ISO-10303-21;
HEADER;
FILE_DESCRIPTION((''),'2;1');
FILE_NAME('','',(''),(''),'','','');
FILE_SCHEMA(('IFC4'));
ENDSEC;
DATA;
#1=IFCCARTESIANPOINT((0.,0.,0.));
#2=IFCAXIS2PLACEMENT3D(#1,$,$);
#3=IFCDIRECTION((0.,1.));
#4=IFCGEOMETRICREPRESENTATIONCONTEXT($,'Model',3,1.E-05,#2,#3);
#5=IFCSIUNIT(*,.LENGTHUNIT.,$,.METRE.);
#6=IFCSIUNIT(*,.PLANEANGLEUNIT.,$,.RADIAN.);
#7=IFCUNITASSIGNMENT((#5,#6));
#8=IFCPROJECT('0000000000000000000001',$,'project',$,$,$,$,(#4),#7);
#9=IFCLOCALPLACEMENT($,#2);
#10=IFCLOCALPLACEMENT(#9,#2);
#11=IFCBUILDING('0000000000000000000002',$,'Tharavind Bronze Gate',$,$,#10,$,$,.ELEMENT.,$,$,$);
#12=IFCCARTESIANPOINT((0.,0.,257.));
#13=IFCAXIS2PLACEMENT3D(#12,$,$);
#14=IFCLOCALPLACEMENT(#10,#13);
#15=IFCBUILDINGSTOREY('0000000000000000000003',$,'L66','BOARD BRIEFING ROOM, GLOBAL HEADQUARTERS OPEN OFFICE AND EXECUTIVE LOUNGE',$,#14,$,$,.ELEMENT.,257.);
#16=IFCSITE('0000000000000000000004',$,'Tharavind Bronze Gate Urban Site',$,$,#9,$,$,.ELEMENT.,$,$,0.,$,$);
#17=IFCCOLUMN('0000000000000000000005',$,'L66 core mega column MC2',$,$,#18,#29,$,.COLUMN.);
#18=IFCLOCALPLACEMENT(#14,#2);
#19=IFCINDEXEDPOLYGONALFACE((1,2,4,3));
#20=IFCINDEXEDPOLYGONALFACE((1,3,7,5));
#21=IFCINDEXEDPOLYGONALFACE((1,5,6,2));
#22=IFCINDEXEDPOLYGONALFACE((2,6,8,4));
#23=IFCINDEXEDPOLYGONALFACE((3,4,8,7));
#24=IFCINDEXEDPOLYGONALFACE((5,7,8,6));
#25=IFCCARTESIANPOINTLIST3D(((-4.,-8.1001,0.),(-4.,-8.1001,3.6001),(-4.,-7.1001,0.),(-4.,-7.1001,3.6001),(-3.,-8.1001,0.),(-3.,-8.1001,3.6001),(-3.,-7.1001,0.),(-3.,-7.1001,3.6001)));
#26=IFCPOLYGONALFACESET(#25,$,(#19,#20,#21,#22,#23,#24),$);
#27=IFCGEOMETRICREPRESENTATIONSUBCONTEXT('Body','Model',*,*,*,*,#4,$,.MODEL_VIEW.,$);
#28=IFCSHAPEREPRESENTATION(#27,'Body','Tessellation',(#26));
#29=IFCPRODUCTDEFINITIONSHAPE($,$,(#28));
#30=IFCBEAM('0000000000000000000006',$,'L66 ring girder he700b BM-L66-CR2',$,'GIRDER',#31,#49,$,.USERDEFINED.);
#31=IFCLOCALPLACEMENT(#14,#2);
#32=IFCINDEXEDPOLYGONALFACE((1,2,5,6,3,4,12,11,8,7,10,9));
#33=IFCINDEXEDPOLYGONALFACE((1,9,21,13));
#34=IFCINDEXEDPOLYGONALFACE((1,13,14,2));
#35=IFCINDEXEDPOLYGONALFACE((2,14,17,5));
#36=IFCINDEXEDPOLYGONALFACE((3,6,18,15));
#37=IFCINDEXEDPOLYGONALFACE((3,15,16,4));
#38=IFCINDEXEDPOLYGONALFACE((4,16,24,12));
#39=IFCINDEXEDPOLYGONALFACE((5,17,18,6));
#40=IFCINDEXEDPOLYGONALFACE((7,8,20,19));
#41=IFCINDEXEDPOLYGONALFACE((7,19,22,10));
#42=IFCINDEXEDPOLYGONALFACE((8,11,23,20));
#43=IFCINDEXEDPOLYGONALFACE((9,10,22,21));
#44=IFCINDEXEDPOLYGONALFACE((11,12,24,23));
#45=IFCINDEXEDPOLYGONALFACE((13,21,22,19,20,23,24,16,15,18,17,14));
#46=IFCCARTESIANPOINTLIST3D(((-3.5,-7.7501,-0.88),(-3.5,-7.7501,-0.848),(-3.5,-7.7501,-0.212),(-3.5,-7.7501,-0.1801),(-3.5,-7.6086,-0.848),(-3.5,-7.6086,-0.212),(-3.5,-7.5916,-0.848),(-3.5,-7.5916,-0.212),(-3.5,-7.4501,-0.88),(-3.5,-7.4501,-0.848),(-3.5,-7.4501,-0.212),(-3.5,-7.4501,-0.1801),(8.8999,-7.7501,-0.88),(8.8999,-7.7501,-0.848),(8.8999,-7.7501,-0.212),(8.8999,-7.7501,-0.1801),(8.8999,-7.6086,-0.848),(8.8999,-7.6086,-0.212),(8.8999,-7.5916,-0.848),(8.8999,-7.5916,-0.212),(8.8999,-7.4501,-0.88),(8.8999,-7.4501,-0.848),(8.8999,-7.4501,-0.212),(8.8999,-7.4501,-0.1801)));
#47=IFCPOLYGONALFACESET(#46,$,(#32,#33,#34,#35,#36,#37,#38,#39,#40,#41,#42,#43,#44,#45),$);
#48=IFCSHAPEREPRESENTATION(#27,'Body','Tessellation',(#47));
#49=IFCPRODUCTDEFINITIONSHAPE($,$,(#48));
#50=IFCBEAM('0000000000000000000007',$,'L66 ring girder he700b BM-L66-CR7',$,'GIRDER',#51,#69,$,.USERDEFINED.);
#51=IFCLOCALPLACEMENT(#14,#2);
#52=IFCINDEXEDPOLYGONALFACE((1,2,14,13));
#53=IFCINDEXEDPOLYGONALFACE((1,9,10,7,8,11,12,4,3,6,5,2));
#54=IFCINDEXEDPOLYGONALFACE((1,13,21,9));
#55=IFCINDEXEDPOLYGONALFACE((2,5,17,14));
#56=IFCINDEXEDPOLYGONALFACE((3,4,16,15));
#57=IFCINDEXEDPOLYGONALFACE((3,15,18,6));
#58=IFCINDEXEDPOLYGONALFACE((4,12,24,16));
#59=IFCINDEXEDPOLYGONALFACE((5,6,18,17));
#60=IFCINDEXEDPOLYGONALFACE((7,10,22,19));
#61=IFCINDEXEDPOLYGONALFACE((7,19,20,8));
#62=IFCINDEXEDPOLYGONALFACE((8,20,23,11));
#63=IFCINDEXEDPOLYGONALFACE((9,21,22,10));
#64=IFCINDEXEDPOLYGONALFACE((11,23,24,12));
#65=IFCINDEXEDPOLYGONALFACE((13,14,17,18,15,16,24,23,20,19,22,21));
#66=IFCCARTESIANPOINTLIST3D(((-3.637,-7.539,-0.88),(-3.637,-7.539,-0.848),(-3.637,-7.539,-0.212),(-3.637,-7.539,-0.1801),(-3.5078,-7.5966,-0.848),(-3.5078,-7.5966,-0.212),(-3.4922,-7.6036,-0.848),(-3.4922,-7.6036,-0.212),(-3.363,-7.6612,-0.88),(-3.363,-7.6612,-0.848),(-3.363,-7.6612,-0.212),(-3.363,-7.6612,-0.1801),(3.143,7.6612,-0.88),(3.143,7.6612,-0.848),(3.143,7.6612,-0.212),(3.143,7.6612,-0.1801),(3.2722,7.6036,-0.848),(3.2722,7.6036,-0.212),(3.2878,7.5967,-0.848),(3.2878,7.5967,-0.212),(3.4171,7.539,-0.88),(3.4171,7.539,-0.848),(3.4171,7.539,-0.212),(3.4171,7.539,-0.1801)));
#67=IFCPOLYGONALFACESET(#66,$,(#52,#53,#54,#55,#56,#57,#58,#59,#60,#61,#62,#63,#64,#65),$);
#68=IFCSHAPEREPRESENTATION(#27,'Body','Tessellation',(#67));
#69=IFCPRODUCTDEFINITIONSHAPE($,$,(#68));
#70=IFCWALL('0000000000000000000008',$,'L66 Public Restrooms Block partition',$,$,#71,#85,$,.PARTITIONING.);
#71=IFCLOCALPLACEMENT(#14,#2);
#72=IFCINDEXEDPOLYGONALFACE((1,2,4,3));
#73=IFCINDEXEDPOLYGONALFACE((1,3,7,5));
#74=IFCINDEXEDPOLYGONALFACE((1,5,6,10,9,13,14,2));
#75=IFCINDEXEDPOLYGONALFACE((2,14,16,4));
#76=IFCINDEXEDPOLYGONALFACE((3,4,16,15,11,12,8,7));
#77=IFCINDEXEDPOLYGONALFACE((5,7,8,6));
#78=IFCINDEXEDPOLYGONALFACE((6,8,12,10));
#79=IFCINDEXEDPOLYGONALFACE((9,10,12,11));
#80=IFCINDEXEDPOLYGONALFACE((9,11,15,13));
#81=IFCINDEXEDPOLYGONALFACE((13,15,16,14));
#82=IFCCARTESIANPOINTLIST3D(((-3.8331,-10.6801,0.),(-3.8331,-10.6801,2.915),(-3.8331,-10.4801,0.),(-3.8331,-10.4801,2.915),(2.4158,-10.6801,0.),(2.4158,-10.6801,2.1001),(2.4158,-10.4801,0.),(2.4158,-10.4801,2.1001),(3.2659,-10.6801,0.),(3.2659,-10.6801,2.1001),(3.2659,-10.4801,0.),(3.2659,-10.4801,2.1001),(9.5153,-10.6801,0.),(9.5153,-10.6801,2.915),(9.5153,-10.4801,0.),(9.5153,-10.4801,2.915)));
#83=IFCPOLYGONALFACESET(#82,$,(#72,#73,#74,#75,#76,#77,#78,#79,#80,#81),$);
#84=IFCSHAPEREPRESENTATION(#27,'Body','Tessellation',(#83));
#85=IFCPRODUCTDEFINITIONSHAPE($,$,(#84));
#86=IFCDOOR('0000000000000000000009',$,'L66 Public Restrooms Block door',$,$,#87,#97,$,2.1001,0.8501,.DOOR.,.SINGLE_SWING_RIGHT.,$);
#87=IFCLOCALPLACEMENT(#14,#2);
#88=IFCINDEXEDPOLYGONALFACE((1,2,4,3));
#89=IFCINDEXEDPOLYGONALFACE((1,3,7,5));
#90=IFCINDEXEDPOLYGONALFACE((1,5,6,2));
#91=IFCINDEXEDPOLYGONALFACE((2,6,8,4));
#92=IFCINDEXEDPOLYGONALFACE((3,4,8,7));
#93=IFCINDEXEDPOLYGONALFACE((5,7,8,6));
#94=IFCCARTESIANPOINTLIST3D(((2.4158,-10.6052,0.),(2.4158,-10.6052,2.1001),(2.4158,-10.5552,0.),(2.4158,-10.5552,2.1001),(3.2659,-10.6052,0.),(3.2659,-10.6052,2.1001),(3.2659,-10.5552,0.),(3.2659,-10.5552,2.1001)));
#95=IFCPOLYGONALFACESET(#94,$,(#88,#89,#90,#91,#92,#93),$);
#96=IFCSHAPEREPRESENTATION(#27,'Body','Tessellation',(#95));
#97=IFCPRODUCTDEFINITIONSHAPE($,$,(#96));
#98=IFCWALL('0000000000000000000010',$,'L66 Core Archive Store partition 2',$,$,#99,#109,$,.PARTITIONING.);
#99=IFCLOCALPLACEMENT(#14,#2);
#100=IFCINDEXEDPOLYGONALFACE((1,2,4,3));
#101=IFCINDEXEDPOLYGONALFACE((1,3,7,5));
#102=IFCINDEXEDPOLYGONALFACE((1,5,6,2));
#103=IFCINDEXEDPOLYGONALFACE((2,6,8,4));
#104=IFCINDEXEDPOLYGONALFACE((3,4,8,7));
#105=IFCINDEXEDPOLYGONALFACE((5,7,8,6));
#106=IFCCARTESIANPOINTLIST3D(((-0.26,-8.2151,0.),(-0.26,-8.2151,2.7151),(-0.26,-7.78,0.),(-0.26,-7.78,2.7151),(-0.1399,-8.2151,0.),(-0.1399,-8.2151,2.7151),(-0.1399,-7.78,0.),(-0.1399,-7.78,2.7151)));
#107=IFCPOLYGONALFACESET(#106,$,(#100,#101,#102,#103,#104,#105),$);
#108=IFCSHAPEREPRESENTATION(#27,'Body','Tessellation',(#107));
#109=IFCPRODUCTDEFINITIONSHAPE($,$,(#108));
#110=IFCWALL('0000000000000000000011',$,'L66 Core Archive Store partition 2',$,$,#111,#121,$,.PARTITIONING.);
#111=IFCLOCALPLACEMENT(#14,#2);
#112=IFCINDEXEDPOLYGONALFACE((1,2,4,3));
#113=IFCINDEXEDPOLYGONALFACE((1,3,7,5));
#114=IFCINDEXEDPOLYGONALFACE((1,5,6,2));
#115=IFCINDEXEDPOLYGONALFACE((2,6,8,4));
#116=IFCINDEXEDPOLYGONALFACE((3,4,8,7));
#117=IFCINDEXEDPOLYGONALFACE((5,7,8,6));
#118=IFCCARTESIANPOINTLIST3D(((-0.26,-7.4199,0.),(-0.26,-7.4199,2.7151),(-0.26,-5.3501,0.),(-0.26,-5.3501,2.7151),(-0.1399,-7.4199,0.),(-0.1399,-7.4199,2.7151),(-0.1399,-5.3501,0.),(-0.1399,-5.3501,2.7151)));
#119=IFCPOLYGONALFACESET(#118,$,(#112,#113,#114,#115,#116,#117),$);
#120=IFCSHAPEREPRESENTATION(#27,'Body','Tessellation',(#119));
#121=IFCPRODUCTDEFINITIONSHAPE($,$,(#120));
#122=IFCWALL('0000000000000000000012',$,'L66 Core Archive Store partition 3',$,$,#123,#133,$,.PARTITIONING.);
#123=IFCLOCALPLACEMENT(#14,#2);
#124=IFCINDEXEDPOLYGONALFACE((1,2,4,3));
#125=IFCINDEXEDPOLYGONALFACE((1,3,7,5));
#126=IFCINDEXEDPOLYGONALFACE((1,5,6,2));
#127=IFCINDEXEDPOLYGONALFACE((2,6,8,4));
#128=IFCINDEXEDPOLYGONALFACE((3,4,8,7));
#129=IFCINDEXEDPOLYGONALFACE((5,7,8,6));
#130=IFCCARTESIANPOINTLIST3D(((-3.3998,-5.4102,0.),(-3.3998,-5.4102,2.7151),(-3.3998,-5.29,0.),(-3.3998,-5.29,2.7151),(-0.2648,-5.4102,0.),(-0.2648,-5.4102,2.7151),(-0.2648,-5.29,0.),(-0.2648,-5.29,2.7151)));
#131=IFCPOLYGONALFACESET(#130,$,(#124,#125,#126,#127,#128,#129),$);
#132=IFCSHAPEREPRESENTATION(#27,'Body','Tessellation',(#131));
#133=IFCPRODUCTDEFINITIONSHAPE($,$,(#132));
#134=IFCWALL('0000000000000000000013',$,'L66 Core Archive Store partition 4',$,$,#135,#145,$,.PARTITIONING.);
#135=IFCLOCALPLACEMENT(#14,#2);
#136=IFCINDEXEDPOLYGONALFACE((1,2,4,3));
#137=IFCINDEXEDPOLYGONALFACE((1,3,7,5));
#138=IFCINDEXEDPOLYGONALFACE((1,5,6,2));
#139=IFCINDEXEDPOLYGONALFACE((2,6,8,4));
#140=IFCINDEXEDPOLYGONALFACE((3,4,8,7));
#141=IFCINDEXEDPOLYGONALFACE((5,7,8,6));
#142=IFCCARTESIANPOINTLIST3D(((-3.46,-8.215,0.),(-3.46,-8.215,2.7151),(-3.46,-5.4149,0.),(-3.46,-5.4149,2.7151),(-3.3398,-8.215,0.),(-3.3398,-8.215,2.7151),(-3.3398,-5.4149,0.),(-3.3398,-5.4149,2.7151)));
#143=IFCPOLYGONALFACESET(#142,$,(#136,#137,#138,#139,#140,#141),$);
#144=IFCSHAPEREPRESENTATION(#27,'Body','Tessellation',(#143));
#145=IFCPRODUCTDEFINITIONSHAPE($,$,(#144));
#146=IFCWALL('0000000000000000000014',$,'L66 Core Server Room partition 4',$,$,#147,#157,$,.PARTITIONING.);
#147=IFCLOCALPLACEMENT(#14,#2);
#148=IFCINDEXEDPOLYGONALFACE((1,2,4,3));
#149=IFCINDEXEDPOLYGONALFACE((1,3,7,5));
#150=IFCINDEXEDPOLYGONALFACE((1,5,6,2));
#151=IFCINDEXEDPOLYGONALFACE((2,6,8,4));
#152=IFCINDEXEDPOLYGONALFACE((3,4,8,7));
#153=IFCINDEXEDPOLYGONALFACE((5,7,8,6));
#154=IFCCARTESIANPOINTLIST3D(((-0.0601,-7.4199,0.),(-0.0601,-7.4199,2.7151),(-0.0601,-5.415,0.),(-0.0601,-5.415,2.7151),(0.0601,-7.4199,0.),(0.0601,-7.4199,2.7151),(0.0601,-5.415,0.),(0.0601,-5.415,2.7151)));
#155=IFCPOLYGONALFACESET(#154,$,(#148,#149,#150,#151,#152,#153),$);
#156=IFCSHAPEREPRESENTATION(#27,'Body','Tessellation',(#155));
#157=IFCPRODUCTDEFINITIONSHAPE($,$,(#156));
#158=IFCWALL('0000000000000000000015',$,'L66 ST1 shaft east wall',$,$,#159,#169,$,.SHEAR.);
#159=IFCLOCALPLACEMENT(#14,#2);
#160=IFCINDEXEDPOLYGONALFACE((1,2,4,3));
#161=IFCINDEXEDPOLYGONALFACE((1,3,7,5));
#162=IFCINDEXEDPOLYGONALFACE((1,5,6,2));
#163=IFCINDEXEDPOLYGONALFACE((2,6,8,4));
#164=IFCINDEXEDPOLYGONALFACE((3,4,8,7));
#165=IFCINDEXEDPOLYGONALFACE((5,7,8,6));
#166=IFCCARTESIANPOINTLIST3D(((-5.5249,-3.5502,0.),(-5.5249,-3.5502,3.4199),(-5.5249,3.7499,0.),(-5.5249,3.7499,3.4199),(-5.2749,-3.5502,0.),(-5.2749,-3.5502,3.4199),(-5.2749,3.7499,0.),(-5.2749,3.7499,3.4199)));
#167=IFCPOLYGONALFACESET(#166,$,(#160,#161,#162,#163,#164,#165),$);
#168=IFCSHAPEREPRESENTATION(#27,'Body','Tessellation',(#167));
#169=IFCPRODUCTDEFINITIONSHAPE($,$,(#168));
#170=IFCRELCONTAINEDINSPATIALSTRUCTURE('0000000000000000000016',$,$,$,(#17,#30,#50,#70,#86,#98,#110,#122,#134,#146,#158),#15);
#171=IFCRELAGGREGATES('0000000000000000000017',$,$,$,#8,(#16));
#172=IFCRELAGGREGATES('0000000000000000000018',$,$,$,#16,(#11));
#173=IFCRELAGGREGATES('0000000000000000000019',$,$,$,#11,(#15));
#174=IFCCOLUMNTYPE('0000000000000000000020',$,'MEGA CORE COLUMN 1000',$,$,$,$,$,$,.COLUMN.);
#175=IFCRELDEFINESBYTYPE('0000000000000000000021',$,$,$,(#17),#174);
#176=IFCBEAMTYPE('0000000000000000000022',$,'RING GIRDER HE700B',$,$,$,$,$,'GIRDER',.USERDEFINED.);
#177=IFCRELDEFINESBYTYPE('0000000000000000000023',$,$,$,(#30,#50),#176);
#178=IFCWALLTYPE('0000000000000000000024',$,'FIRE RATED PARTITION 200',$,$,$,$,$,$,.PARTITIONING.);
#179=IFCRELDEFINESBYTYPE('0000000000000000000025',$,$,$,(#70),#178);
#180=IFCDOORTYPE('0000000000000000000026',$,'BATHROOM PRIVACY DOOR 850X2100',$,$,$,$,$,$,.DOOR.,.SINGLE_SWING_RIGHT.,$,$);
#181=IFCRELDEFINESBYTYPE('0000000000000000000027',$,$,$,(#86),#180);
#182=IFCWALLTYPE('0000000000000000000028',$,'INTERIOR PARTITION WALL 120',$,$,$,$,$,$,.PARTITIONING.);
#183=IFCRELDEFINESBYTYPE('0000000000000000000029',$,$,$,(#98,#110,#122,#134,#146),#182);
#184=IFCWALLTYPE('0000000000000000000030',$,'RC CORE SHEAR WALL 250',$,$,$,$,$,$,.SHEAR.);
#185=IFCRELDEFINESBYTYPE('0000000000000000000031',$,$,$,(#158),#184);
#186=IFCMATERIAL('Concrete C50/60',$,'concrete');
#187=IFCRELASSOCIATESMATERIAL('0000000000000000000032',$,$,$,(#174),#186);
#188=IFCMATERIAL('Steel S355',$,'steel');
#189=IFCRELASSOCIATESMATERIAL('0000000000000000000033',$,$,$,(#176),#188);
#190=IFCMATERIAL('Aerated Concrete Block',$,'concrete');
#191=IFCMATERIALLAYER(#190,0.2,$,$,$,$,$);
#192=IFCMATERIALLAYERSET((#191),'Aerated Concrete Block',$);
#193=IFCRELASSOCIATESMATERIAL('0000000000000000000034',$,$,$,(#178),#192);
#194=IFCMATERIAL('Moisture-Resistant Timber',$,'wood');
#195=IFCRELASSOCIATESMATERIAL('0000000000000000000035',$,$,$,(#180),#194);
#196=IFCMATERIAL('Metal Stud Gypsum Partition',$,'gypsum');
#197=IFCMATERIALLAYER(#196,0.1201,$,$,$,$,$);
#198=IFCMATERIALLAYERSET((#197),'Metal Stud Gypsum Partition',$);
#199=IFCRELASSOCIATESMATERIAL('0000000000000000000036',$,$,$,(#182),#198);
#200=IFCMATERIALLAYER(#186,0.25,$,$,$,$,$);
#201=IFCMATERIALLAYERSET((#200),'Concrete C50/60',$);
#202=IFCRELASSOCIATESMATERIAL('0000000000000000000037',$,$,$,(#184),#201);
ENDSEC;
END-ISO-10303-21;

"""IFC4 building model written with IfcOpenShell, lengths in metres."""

from ifc_helpers import new_model, si_unit, direction, frame, frame_2d, origin, origin_2d, place, context, subcontext, project, spatial, rectangle, i_section, extrude, material, layer, layer_set, material_profile, profile_set, type_object, element, fill, save


model = new_model("IFC4")

# Units and contexts
model_context = context("Model", 3, precision=1e-05, world=origin(), true_north=direction((0.0, 1.0)))
body_context = subcontext(model_context, "Body", "Model", "MODEL_VIEW")
ifc_project = project(units=[si_unit("LENGTHUNIT", "METRE"), si_unit("PLANEANGLEUNIT", "RADIAN")], contexts=[model_context])

# Site, building, storey
site_placement = place(None, origin())
site = spatial("IfcSite", under=ifc_project, at=site_placement, Name="Tharavind Bronze Gate Urban Site", CompositionType="ELEMENT", RefElevation=0.0)
building_placement = place(site_placement, origin())
building = spatial("IfcBuilding", under=site, at=building_placement, Name="Tharavind Bronze Gate", CompositionType="ELEMENT")
storey_placement = place(building_placement, frame((0.0, 0.0, 257.0)))
storey = spatial("IfcBuildingStorey", under=building, at=storey_placement, Name="L66", Description="BOARD BRIEFING ROOM, GLOBAL HEADQUARTERS OPEN OFFICE AND EXECUTIVE LOUNGE", CompositionType="ELEMENT", Elevation=257.0)

# Column
ifc_material_1 = material(Name="Concrete C50/60", Category="concrete")
ifc_material_profile_1 = material_profile(ifc_material_1, rectangle(XDim=1.0, YDim=1.0, at=origin_2d()), Name="RCCOL1000")
ifc_profile_set_1 = profile_set([ifc_material_profile_1], Name="Concrete C50/60")
column_type = type_object("IfcColumnType", Name="MEGA CORE COLUMN 1000", PredefinedType="COLUMN", material=ifc_profile_set_1)
column_placement = place(storey_placement, frame((-3.5, -7.6001, 0.0), z_axis=(0.0, 0.0, 1.0), x_axis=(1.0, 0.0, 0.0)))
element("IfcColumn", 1, at=column_placement, inside=storey, type_object=column_type, Name="L66 core mega column MC2", PredefinedType="COLUMN", context=body_context, shape_type="SweptSolid", body=[
    extrude(rectangle(XDim=1.0, YDim=1.0, at=origin_2d()), origin(), (0.0, 0.0, 1.0), 3.6001),
])

# Beams
ifc_material_2 = material(Name="Steel S355", Category="steel")
ifc_material_profile_2 = material_profile(ifc_material_2, i_section(OverallWidth=0.3, OverallDepth=0.7, WebThickness=0.0171, FlangeThickness=0.032, at=origin_2d()), Name="HE700B")
ifc_profile_set_2 = profile_set([ifc_material_profile_2], Name="Steel S355")
beam_type = type_object("IfcBeamType", Name="RING GIRDER HE700B", ElementType="GIRDER", PredefinedType="USERDEFINED", material=ifc_profile_set_2)
beam_1_placement = place(storey_placement, frame((-3.5, -7.6001, -0.53), z_axis=(1.0, 0.0, 0.0), x_axis=(0.0, 1.0, 0.0)))
element("IfcBeam", 2, at=beam_1_placement, inside=storey, type_object=beam_type, Name="L66 ring girder he700b BM-L66-CR2", ObjectType="GIRDER", PredefinedType="USERDEFINED", context=body_context, shape_type="SweptSolid", body=[
    extrude(i_section(OverallWidth=0.3, OverallDepth=0.7, WebThickness=0.0171, FlangeThickness=0.032, at=origin_2d()), origin(), (0.0, 0.0, 1.0), 12.3999),
])
beam_2_placement = place(storey_placement, frame((-3.5, -7.6001, -0.53), z_axis=(0.407362, 0.913267, 0.0), x_axis=(-0.913267, 0.407362, 0.0)))
element("IfcBeam", 3, at=beam_2_placement, inside=storey, type_object=beam_type, Name="L66 ring girder he700b BM-L66-CR7", ObjectType="GIRDER", PredefinedType="USERDEFINED", context=body_context, shape_type="SweptSolid", body=[
    extrude(i_section(OverallWidth=0.3, OverallDepth=0.7, WebThickness=0.0171, FlangeThickness=0.032, at=origin_2d()), origin(), (0.0, 0.0, 1.0), 16.6438),
])

# Wall, opening, door
ifc_material_3 = material(Name="Aerated Concrete Block", Category="concrete")
ifc_layer_1 = layer(ifc_material_3, 0.2)
ifc_layer_set_1 = layer_set([ifc_layer_1], Name="Aerated Concrete Block")
wall_type_1 = type_object("IfcWallType", Name="FIRE RATED PARTITION 200", PredefinedType="PARTITIONING", material=ifc_layer_set_1)
wall_1_placement = place(storey_placement, frame((-3.8333, -10.5801, 0.0), z_axis=(0.0, 0.0, 1.0), x_axis=(1.0, 0.0, 0.0)))
wall_1 = element("IfcWall", 4, at=wall_1_placement, inside=storey, type_object=wall_type_1, Name="L66 Public Restrooms Block partition", PredefinedType="PARTITIONING", context=body_context, shape_type="SweptSolid", body=[
    extrude(rectangle(XDim=13.3484, YDim=0.2, at=frame_2d((6.6743, 0.0))), origin(), (0.0, 0.0, 1.0), 2.915),
])
opening_1_placement = place(wall_1_placement, frame((6.249, 0.0, 0.0)))
opening_1 = element("IfcOpeningElement", 5, at=opening_1_placement, cuts=wall_1, PredefinedType="OPENING", context=body_context, shape_type="SweptSolid", body=[
    extrude(rectangle(XDim=0.8501, YDim=2.1001, at=frame_2d((0.425, 1.05))), frame((0.0, 0.1101, 0.0), z_axis=(0.0, -1.0, 0.0), x_axis=(1.0, 0.0, 0.0)), (0.0, 0.0, 1.0), 0.22),
])
ifc_material_4 = material(Name="Moisture-Resistant Timber", Category="wood")
door_type_1 = type_object("IfcDoorType", Name="BATHROOM PRIVACY DOOR 850X2100", OperationType="SINGLE_SWING_RIGHT", PredefinedType="DOOR", material=ifc_material_4)
door_1_placement = place(opening_1_placement, origin())
door_1 = element("IfcDoor", 6, at=door_1_placement, inside=storey, type_object=door_type_1, Name="L66 Public Restrooms Block door", OperationType="SINGLE_SWING_RIGHT", OverallHeight=2.1001, OverallWidth=0.8501, PredefinedType="DOOR", context=body_context, shape_type="SweptSolid", body=[
    extrude(rectangle(XDim=0.8501, YDim=2.1001, at=frame_2d((0.425, 1.05))), frame((0.0, 0.0249, 0.0), z_axis=(0.0, -1.0, 0.0), x_axis=(1.0, 0.0, 0.0)), (0.0, 0.0, 1.0), 0.05),
])
fill(opening_1, door_1)

# Walls
ifc_material_5 = material(Name="Metal Stud Gypsum Partition", Category="gypsum")
ifc_layer_2 = layer(ifc_material_5, 0.1201)
ifc_layer_set_2 = layer_set([ifc_layer_2], Name="Metal Stud Gypsum Partition")
wall_type_2 = type_object("IfcWallType", Name="INTERIOR PARTITION WALL 120", PredefinedType="PARTITIONING", material=ifc_layer_set_2)
wall_2_placement = place(storey_placement, frame((-0.2, -8.2151, 0.0), z_axis=(0.0, 0.0, 1.0), x_axis=(0.0, 1.0, 0.0)))
element("IfcWall", 7, at=wall_2_placement, inside=storey, type_object=wall_type_2, Name="L66 Core Archive Store partition 2", PredefinedType="PARTITIONING", context=body_context, shape_type="SweptSolid", body=[
    extrude(rectangle(XDim=0.4351, YDim=0.1201, at=frame_2d((0.2175, 0.0))), origin(), (0.0, 0.0, 1.0), 2.7151),
])
wall_3_placement = place(storey_placement, frame((-0.2, -7.4199, 0.0), z_axis=(0.0, 0.0, 1.0), x_axis=(0.0, 1.0, 0.0)))
element("IfcWall", 8, at=wall_3_placement, inside=storey, type_object=wall_type_2, Name="L66 Core Archive Store partition 2", PredefinedType="PARTITIONING", context=body_context, shape_type="SweptSolid", body=[
    extrude(rectangle(XDim=2.0698, YDim=0.1201, at=frame_2d((1.0349, 0.0))), origin(), (0.0, 0.0, 1.0), 2.7151),
])
wall_4_placement = place(storey_placement, frame((-0.2649, -5.3501, 0.0), z_axis=(0.0, 0.0, 1.0), x_axis=(-1.0, 0.0, 0.0)))
element("IfcWall", 9, at=wall_4_placement, inside=storey, type_object=wall_type_2, Name="L66 Core Archive Store partition 3", PredefinedType="PARTITIONING", context=body_context, shape_type="SweptSolid", body=[
    extrude(rectangle(XDim=3.135, YDim=0.1201, at=frame_2d((1.5674, 0.0))), origin(), (0.0, 0.0, 1.0), 2.7151),
])
wall_5_placement = place(storey_placement, frame((-3.3999, -5.415, 0.0), z_axis=(0.0, 0.0, 1.0), x_axis=(0.0, -1.0, 0.0)))
element("IfcWall", 10, at=wall_5_placement, inside=storey, type_object=wall_type_2, Name="L66 Core Archive Store partition 4", PredefinedType="PARTITIONING", context=body_context, shape_type="SweptSolid", body=[
    extrude(rectangle(XDim=2.8, YDim=0.1201, at=frame_2d((1.3999, 0.0))), origin(), (0.0, 0.0, 1.0), 2.7151),
])
wall_6_placement = place(storey_placement, frame((0.0, -5.415, 0.0), z_axis=(0.0, 0.0, 1.0), x_axis=(0.0, -1.0, 0.0)))
element("IfcWall", 11, at=wall_6_placement, inside=storey, type_object=wall_type_2, Name="L66 Core Server Room partition 4", PredefinedType="PARTITIONING", context=body_context, shape_type="SweptSolid", body=[
    extrude(rectangle(XDim=2.0049, YDim=0.1201, at=frame_2d((1.0024, 0.0))), origin(), (0.0, 0.0, 1.0), 2.7151),
])
ifc_layer_3 = layer(ifc_material_1, 0.25)
ifc_layer_set_3 = layer_set([ifc_layer_3], Name="Concrete C50/60")
wall_type_3 = type_object("IfcWallType", Name="RC CORE SHEAR WALL 250", PredefinedType="SHEAR", material=ifc_layer_set_3)
wall_7_placement = place(storey_placement, frame((-5.3999, -3.55, 0.0), z_axis=(0.0, 0.0, 1.0), x_axis=(0.0, 1.0, 0.0)))
element("IfcWall", 12, at=wall_7_placement, inside=storey, type_object=wall_type_3, Name="L66 ST1 shaft east wall", PredefinedType="SHEAR", context=body_context, shape_type="SweptSolid", body=[
    extrude(rectangle(XDim=7.3, YDim=0.25, at=frame_2d((3.6499, 0.0))), origin(), (0.0, 0.0, 1.0), 3.4199),
])

save(model, "model.ifc")
